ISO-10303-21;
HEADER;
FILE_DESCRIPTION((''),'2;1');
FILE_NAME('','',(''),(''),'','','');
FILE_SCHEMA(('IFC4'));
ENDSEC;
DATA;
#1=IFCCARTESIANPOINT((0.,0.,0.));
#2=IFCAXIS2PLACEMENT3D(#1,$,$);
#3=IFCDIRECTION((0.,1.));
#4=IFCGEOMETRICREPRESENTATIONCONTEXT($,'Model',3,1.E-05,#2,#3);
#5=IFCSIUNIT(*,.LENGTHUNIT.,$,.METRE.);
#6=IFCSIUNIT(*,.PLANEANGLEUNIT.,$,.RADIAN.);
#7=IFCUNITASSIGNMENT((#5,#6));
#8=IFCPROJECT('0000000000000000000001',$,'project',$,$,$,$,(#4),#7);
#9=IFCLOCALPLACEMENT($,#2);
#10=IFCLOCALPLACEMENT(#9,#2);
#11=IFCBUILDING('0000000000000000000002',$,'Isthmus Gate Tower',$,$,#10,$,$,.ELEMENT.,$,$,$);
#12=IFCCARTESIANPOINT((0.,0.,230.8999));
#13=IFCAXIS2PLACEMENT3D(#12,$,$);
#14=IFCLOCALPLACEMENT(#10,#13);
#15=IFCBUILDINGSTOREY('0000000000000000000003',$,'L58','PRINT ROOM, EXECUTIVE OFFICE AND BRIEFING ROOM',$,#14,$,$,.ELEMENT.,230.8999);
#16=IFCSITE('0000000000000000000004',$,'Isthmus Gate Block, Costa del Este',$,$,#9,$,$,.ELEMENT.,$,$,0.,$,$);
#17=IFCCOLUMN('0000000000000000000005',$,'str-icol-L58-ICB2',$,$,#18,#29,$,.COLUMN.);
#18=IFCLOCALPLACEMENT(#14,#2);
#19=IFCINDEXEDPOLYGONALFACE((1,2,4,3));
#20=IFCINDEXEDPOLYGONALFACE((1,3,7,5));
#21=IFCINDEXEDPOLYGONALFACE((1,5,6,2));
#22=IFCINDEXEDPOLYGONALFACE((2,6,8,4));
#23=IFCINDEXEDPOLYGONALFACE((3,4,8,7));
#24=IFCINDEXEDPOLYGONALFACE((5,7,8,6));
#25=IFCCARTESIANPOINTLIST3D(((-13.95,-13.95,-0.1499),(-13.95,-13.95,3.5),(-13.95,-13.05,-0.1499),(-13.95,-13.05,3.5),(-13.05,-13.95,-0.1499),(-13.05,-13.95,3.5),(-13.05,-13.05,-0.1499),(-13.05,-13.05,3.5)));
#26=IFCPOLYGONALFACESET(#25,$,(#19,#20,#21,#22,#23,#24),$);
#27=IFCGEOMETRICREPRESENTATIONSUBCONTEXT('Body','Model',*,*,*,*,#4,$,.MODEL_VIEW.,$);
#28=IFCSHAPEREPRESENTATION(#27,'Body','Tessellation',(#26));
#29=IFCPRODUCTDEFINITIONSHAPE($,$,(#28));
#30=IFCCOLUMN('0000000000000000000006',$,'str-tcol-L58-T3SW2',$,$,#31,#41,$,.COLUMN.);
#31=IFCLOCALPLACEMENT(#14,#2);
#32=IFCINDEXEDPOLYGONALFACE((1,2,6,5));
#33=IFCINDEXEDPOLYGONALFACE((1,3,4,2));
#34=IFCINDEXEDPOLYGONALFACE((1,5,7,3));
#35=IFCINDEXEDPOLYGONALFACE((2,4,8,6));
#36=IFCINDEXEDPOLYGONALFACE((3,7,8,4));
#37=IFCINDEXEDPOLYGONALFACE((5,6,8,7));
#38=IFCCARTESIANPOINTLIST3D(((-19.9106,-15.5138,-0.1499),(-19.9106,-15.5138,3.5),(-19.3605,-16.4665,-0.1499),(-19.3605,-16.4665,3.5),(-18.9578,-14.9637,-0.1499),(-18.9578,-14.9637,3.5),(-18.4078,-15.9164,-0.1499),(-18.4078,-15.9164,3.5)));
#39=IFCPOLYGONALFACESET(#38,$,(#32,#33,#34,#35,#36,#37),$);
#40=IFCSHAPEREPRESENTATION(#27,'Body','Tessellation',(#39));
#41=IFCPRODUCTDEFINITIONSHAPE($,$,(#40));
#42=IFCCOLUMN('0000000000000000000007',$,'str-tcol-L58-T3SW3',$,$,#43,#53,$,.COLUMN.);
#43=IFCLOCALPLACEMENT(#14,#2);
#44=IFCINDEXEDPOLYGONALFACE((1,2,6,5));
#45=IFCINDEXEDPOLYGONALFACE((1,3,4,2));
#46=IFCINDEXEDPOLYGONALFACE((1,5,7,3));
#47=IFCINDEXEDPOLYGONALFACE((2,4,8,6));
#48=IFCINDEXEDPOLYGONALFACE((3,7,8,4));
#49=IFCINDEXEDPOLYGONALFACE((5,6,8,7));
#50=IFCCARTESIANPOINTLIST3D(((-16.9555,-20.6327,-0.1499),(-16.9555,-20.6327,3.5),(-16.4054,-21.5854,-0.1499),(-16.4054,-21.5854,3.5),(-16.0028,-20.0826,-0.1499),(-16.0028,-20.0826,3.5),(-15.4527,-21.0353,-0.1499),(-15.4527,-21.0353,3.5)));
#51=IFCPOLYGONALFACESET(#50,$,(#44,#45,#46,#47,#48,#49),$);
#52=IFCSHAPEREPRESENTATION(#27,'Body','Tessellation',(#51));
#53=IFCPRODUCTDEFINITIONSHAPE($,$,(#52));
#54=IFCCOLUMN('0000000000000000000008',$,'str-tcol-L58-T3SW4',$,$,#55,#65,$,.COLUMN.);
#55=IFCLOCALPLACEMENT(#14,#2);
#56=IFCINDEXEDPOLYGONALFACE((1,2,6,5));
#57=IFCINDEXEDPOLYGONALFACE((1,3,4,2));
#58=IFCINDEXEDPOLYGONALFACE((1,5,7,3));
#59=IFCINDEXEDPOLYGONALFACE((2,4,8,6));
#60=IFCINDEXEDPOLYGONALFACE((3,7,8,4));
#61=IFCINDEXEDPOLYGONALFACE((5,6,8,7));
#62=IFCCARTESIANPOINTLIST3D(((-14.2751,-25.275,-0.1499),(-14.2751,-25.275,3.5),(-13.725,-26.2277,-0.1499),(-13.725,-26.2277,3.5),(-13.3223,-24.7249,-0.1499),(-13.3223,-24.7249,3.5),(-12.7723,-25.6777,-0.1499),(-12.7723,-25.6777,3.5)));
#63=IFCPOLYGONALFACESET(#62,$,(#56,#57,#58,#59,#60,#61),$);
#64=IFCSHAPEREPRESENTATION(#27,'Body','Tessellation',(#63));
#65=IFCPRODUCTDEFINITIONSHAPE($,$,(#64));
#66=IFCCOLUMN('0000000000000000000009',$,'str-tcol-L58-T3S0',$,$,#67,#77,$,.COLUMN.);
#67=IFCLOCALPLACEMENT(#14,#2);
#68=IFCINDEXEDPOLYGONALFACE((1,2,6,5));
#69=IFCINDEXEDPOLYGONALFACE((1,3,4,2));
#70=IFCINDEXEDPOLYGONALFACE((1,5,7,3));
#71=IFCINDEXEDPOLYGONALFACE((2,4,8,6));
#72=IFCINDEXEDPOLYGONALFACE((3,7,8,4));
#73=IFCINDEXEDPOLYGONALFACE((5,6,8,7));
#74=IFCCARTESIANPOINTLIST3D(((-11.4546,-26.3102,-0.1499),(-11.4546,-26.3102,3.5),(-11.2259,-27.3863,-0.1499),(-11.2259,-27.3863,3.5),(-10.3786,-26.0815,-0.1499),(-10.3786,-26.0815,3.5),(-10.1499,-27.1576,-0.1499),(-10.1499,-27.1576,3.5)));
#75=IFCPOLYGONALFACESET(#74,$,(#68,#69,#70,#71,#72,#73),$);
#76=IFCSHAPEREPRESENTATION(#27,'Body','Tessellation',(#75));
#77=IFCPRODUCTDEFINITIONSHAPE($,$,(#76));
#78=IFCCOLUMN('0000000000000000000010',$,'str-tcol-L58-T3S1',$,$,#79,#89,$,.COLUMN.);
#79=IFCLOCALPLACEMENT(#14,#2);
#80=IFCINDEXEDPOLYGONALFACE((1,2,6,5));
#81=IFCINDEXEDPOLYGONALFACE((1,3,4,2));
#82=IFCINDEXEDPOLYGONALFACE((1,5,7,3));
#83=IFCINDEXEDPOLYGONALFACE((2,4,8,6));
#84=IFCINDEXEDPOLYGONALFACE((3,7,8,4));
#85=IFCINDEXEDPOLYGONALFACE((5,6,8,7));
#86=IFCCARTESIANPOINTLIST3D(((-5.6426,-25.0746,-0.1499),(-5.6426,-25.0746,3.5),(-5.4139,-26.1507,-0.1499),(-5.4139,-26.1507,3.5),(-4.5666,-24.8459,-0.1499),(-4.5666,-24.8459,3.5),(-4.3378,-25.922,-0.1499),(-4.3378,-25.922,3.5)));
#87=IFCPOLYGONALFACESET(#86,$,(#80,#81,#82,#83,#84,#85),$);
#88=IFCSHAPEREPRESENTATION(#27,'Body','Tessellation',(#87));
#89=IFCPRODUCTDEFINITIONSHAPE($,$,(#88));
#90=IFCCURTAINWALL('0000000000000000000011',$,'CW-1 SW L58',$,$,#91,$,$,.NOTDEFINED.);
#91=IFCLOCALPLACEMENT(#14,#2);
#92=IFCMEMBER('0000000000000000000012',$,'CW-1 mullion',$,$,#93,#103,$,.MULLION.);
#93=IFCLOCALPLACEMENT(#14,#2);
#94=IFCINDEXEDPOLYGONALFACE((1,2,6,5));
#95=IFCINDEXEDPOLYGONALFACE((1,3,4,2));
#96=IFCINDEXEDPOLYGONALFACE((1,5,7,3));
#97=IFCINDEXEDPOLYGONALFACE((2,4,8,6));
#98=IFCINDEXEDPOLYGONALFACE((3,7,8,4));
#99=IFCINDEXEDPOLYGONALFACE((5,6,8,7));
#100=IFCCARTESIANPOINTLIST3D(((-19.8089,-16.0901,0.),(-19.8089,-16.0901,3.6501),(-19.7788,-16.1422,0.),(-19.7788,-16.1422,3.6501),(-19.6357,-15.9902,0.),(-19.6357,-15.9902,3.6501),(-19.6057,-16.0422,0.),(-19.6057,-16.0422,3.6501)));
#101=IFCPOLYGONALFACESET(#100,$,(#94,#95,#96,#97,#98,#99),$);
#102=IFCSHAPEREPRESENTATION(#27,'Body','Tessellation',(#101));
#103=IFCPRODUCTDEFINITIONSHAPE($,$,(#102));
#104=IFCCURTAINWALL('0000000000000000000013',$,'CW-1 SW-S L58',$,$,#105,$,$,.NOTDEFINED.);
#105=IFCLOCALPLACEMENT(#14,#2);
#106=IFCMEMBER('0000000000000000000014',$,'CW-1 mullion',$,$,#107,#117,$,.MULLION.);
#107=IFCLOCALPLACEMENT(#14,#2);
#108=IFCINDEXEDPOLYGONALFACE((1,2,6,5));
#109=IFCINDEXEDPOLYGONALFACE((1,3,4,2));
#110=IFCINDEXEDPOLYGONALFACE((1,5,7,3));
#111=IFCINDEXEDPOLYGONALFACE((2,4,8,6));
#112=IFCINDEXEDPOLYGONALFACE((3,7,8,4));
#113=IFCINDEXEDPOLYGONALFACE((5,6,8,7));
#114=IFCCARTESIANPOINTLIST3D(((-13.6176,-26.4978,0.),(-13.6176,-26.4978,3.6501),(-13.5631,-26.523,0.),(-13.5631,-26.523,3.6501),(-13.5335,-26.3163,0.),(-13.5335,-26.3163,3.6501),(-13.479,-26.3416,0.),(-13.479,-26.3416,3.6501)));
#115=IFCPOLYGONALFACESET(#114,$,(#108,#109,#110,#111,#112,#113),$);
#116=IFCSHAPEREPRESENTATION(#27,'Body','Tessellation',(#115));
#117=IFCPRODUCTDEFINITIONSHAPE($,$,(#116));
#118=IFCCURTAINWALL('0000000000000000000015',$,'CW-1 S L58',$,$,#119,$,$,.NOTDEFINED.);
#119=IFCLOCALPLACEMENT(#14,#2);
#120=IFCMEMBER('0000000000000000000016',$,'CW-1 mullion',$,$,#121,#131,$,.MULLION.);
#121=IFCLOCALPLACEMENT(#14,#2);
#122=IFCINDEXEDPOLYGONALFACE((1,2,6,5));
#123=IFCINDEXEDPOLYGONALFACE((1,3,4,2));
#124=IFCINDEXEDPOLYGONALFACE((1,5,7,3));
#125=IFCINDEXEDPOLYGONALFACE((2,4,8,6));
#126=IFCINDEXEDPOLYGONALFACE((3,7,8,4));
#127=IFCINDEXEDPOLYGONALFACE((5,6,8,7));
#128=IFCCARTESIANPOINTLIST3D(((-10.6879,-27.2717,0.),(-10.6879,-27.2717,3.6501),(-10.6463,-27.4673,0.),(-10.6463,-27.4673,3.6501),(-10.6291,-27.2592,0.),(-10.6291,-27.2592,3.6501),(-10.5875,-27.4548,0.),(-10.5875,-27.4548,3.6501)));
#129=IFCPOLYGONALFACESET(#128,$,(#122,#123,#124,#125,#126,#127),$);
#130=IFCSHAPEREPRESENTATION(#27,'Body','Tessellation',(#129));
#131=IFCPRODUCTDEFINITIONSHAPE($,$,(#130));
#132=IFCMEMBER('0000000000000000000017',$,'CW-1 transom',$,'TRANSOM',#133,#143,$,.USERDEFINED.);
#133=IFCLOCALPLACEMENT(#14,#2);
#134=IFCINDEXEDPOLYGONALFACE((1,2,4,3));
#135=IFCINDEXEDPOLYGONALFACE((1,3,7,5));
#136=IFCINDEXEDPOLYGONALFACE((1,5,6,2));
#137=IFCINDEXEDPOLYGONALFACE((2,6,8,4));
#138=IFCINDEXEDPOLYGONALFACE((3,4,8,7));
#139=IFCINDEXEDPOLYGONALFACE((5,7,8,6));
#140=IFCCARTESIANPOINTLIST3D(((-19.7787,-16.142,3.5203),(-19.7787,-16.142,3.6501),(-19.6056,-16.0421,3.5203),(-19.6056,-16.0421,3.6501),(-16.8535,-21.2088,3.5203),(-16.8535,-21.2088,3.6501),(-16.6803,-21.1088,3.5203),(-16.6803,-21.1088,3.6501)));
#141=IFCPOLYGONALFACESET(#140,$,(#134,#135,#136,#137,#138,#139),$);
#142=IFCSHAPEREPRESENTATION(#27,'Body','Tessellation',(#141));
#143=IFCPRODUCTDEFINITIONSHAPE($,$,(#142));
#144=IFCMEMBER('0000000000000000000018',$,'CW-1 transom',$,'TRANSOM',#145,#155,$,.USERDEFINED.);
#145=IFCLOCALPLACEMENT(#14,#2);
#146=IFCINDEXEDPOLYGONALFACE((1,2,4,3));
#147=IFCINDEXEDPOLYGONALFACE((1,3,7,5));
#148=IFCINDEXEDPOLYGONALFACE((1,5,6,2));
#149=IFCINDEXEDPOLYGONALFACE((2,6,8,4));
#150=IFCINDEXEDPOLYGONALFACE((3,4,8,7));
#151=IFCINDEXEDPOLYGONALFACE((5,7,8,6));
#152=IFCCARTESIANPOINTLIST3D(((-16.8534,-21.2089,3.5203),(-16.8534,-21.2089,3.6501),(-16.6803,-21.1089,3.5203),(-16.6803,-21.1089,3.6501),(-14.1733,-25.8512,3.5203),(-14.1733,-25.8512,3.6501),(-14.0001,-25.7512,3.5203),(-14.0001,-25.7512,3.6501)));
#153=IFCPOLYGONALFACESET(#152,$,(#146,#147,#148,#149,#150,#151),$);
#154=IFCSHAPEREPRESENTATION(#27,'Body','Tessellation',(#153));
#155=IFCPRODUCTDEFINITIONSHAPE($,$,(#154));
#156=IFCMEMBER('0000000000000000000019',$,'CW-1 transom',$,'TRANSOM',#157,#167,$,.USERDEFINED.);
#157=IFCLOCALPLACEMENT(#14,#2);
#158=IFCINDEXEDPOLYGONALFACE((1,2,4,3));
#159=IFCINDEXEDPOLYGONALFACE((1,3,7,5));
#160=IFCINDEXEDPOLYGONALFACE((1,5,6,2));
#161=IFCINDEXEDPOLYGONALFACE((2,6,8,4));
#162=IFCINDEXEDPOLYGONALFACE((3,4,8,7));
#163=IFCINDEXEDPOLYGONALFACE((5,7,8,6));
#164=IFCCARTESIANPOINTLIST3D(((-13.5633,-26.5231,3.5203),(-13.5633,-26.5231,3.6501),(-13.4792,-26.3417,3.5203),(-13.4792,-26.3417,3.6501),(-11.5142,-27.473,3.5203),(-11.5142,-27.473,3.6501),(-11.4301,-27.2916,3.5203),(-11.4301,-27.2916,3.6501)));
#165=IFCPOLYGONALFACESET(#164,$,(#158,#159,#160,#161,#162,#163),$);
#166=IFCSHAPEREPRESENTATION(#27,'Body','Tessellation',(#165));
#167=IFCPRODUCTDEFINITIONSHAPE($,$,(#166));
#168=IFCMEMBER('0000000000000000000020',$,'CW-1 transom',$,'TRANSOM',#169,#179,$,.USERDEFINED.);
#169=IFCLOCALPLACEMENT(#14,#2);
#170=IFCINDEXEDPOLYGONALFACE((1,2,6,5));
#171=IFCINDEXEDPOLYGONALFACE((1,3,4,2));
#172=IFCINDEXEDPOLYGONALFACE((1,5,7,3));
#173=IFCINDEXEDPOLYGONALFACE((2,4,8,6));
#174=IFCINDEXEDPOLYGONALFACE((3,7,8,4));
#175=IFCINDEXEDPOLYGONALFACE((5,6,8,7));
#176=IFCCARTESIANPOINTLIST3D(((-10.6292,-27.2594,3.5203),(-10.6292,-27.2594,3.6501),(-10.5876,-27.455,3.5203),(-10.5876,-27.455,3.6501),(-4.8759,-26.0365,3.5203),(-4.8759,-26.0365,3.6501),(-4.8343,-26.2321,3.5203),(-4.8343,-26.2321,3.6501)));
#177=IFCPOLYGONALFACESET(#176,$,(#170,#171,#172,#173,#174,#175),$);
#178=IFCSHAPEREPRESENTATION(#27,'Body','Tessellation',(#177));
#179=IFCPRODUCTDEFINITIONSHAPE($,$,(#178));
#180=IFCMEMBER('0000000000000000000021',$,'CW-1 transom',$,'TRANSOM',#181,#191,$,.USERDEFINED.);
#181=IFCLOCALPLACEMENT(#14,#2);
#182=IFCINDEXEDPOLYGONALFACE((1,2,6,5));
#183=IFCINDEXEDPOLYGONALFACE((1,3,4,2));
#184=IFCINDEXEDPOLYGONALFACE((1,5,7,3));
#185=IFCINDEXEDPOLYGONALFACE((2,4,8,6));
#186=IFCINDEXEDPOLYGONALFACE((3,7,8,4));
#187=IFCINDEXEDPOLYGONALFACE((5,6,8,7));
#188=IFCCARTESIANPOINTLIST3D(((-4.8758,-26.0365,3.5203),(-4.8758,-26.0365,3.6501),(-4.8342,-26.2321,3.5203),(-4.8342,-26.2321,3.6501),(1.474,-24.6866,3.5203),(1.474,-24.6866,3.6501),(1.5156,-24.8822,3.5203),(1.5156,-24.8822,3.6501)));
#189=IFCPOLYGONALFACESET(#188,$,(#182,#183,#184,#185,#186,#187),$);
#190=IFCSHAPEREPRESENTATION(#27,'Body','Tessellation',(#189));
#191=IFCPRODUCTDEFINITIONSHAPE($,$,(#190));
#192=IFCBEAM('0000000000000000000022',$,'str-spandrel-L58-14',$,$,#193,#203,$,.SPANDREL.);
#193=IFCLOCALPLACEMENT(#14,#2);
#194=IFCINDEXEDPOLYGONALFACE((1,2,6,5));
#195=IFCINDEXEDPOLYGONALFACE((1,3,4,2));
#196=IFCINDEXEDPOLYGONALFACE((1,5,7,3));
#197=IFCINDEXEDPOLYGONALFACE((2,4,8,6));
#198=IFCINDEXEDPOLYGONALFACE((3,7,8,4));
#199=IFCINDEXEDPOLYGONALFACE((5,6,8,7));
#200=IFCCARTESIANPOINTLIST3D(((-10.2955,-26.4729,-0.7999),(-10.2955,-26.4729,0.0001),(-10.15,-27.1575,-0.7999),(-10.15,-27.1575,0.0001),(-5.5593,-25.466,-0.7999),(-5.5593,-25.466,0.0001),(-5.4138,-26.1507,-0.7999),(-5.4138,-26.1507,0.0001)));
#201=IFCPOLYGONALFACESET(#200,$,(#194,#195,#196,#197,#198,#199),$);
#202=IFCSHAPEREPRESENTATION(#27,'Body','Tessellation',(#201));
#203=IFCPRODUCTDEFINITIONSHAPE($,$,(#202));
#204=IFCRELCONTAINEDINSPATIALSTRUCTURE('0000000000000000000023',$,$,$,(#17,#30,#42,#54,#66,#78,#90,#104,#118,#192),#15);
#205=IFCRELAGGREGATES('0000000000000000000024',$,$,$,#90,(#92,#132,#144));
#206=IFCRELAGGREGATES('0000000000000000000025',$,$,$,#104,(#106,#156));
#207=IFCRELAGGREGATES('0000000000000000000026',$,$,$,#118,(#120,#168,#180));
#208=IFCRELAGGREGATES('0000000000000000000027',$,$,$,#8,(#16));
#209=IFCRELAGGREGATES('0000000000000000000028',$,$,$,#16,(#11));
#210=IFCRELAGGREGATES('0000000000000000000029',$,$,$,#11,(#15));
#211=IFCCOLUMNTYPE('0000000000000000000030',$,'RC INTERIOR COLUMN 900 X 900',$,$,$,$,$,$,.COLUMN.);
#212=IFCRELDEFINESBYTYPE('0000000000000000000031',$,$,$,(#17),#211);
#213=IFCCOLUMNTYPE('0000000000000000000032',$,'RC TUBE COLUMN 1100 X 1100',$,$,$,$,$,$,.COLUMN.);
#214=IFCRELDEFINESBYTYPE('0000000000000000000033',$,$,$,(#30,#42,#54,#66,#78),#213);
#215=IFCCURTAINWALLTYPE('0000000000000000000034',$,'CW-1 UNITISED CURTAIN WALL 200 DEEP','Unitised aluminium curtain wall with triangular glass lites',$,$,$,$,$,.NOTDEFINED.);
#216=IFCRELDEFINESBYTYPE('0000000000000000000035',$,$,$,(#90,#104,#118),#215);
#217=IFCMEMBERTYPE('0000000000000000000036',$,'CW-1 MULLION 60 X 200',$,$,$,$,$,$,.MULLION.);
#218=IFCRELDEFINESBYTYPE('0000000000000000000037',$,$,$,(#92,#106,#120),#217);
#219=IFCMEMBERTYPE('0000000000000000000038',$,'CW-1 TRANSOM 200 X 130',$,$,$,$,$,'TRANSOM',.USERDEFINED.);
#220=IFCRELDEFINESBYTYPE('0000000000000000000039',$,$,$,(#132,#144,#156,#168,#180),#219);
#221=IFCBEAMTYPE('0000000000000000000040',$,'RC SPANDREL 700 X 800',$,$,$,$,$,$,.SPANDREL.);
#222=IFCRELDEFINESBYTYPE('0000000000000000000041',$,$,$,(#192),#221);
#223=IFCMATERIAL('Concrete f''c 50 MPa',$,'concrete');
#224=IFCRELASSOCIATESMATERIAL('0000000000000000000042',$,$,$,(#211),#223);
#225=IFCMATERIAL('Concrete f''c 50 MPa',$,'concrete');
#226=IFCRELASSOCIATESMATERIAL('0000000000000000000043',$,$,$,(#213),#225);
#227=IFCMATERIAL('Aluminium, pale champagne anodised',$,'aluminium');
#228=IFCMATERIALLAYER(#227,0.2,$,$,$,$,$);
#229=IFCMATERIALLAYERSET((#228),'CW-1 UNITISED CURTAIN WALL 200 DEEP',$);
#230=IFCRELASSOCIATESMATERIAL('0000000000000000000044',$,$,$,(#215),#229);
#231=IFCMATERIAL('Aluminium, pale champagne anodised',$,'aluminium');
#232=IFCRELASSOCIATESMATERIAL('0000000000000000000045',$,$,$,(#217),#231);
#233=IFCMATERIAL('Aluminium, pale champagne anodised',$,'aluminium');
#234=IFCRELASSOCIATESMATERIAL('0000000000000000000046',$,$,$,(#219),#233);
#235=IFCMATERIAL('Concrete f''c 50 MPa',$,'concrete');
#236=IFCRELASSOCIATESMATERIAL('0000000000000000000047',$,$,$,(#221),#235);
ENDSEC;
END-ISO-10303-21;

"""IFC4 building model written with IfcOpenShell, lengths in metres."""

from ifc_helpers import new_model, si_unit, direction, frame, origin, origin_2d, place, context, subcontext, project, spatial, rectangle, extrude, material, layer, layer_set, material_profile, profile_set, type_object, element, aggregate, save


model = new_model("IFC4")

# Units and contexts
model_context = context("Model", 3, precision=1e-05, world=origin(), true_north=direction((0.0, 1.0)))
body_context = subcontext(model_context, "Body", "Model", "MODEL_VIEW")
ifc_project = project(units=[si_unit("LENGTHUNIT", "METRE"), si_unit("PLANEANGLEUNIT", "RADIAN")], contexts=[model_context])

# Site, building, storey
site_placement = place(None, origin())
site = spatial("IfcSite", under=ifc_project, at=site_placement, Name="Isthmus Gate Block, Costa del Este", CompositionType="ELEMENT", RefElevation=0.0)
building_placement = place(site_placement, origin())
building = spatial("IfcBuilding", under=site, at=building_placement, Name="Isthmus Gate Tower", CompositionType="ELEMENT")
storey_placement = place(building_placement, frame((0.0, 0.0, 230.8999)))
storey = spatial("IfcBuildingStorey", under=building, at=storey_placement, Name="L58", Description="PRINT ROOM, EXECUTIVE OFFICE AND BRIEFING ROOM", CompositionType="ELEMENT", Elevation=230.8999)

# Columns
ifc_material_1 = material(Name="Concrete f'c 50 MPa", Category="concrete")
ifc_material_profile_1 = material_profile(ifc_material_1, rectangle(XDim=0.8999, YDim=0.8999, at=origin_2d()), Name="RC 900X900")
ifc_profile_set_1 = profile_set([ifc_material_profile_1], Name="Concrete f'c 50 MPa")
column_type_1 = type_object("IfcColumnType", Name="RC INTERIOR COLUMN 900 X 900", PredefinedType="COLUMN", material=ifc_profile_set_1)
column_placement = place(storey_placement, frame((-13.5, -13.5, -0.1499), z_axis=(0.0, 0.0, 1.0), x_axis=(1.0, 0.0, 0.0)))
element("IfcColumn", 1, at=column_placement, inside=storey, type_object=column_type_1, Name="str-icol-L58-ICB2", PredefinedType="COLUMN", context=body_context, shape_type="SweptSolid", body=[
    extrude(rectangle(XDim=0.8999, YDim=0.8999, at=origin_2d()), origin(), (0.0, 0.0, 1.0), 3.6499),
])
ifc_material_2 = material(Name="Concrete f'c 50 MPa", Category="concrete")
ifc_material_profile_2 = material_profile(ifc_material_2, rectangle(XDim=1.1001, YDim=1.1001, at=origin_2d()), Name="RC 1100X1100")
ifc_profile_set_2 = profile_set([ifc_material_profile_2], Name="Concrete f'c 50 MPa")
column_type_2 = type_object("IfcColumnType", Name="RC TUBE COLUMN 1100 X 1100", PredefinedType="COLUMN", material=ifc_profile_set_2)
for number, where, z_axis, x_axis, name in (
    (2, (-19.1592, -15.7151, -0.1499), (0.0, 0.0, 1.0), (0.5, -0.866025, 0.0), "str-tcol-L58-T3SW2"),
    (3, (-16.2041, -20.834, -0.1499), (0.0, 0.0, 1.0), (0.5, -0.866025, 0.0), "str-tcol-L58-T3SW3"),
    (4, (-13.5237, -25.4763, -0.1499), (0.0, 0.0, 1.0), (0.5, -0.866025, 0.0), "str-tcol-L58-T3SW4"),
    (5, (-10.8022, -26.7339, -0.1499), (0.0, 0.0, 1.0), (0.978148, 0.207912, 0.0), "str-tcol-L58-T3S0"),
    (6, (-4.9902, -25.4983, -0.1499), (0.0, 0.0, 1.0), (0.978148, 0.207912, 0.0), "str-tcol-L58-T3S1"),
):
    element("IfcColumn", number, at=place(storey_placement, frame(where, z_axis=z_axis, x_axis=x_axis)), inside=storey, type_object=column_type_2, Name=name, PredefinedType="COLUMN", context=body_context, shape_type="SweptSolid", body=[
        extrude(rectangle(XDim=1.1001, YDim=1.1001, at=origin_2d()), origin(), (0.0, 0.0, 1.0), 3.6499),
    ])

# Curtain walls, members
ifc_material_3 = material(Name="Aluminium, pale champagne anodised", Category="aluminium")
ifc_layer_1 = layer(ifc_material_3, 0.2)
ifc_layer_set_1 = layer_set([ifc_layer_1], Name="CW-1 UNITISED CURTAIN WALL 200 DEEP")
curtain_wall_type = type_object("IfcCurtainWallType", Name="CW-1 UNITISED CURTAIN WALL 200 DEEP", Description="Unitised aluminium curtain wall with triangular glass lites", PredefinedType="NOTDEFINED", material=ifc_layer_set_1)
curtain_wall_1_placement = place(storey_placement, origin())
curtain_wall_1 = element("IfcCurtainWall", 7, at=curtain_wall_1_placement, inside=storey, type_object=curtain_wall_type, Name="CW-1 SW L58", PredefinedType="NOTDEFINED")
ifc_material_4 = material(Name="Aluminium, pale champagne anodised", Category="aluminium")
ifc_material_profile_3 = material_profile(ifc_material_4, rectangle(XDim=0.0601, YDim=0.2, at=origin_2d()), Name="60x200")
ifc_profile_set_3 = profile_set([ifc_material_profile_3], Name="Aluminium, pale champagne anodised")
member_type_1 = type_object("IfcMemberType", Name="CW-1 MULLION 60 X 200", PredefinedType="MULLION", material=ifc_profile_set_3)
member_1_placement = place(storey_placement, frame((-19.7073, -16.0662, 0.0), z_axis=(0.0, 0.0, 1.0), x_axis=(0.5, -0.866025, 0.0)))
member_1 = element("IfcMember", 8, at=member_1_placement, type_object=member_type_1, Name="CW-1 mullion", PredefinedType="MULLION", context=body_context, shape_type="SweptSolid", body=[
    extrude(rectangle(XDim=0.0601, YDim=0.2, at=origin_2d()), origin(), (0.0, 0.0, 1.0), 3.6501),
])
curtain_wall_2_placement = place(storey_placement, origin())
curtain_wall_2 = element("IfcCurtainWall", 9, at=curtain_wall_2_placement, inside=storey, type_object=curtain_wall_type, Name="CW-1 SW-S L58", PredefinedType="NOTDEFINED")
member_2_placement = place(storey_placement, frame((-13.5483, -26.4197, 0.0), z_axis=(0.0, 0.0, 1.0), x_axis=(0.907256, -0.420578, 0.0)))
member_2 = element("IfcMember", 10, at=member_2_placement, type_object=member_type_1, Name="CW-1 mullion", PredefinedType="MULLION", context=body_context, shape_type="SweptSolid", body=[
    extrude(rectangle(XDim=0.0601, YDim=0.2, at=origin_2d()), origin(), (0.0, 0.0, 1.0), 3.6501),
])
curtain_wall_3_placement = place(storey_placement, origin())
curtain_wall_3 = element("IfcCurtainWall", 11, at=curtain_wall_3_placement, inside=storey, type_object=curtain_wall_type, Name="CW-1 S L58", PredefinedType="NOTDEFINED")
member_3_placement = place(storey_placement, frame((-10.6377, -27.3633, 0.0), z_axis=(0.0, 0.0, 1.0), x_axis=(0.978148, 0.207912, 0.0)))
member_3 = element("IfcMember", 12, at=member_3_placement, type_object=member_type_1, Name="CW-1 mullion", PredefinedType="MULLION", context=body_context, shape_type="SweptSolid", body=[
    extrude(rectangle(XDim=0.0601, YDim=0.2, at=origin_2d()), origin(), (0.0, 0.0, 1.0), 3.6501),
])

# Members
ifc_material_5 = material(Name="Aluminium, pale champagne anodised", Category="aluminium")
ifc_material_profile_4 = material_profile(ifc_material_5, rectangle(XDim=0.2, YDim=0.1299, at=origin_2d()), Name="200x130")
ifc_profile_set_4 = profile_set([ifc_material_profile_4], Name="Aluminium, pale champagne anodised")
member_type_2 = type_object("IfcMemberType", Name="CW-1 TRANSOM 200 X 130", ElementType="TRANSOM", PredefinedType="USERDEFINED", material=ifc_profile_set_4)
member_4_placement = place(storey_placement, frame((-19.6921, -16.092, 3.5852), z_axis=(0.49999, -0.866031, 0.0), x_axis=(0.866031, 0.49999, 0.0)))
member_4 = element("IfcMember", 13, at=member_4_placement, type_object=member_type_2, Name="CW-1 transom", ObjectType="TRANSOM", PredefinedType="USERDEFINED", context=body_context, shape_type="SweptSolid", body=[
    extrude(rectangle(XDim=0.2, YDim=0.1299, at=origin_2d()), origin(), (0.0, 0.0, 1.0), 5.8506),
])
member_5_placement = place(storey_placement, frame((-16.7668, -21.1589, 3.5852), z_axis=(0.499989, -0.866032, 0.0), x_axis=(0.866032, 0.499989, 0.0)))
member_5 = element("IfcMember", 14, at=member_5_placement, type_object=member_type_2, Name="CW-1 transom", ObjectType="TRANSOM", PredefinedType="USERDEFINED", context=body_context, shape_type="SweptSolid", body=[
    extrude(rectangle(XDim=0.2, YDim=0.1299, at=origin_2d()), origin(), (0.0, 0.0, 1.0), 5.3604),
])
member_6_placement = place(storey_placement, frame((-13.5212, -26.4324, 3.5852), z_axis=(0.907246, -0.4206, 0.0), x_axis=(0.4206, 0.907246, 0.0)))
member_6 = element("IfcMember", 15, at=member_6_placement, type_object=member_type_2, Name="CW-1 transom", ObjectType="TRANSOM", PredefinedType="USERDEFINED", context=body_context, shape_type="SweptSolid", body=[
    extrude(rectangle(XDim=0.2, YDim=0.1299, at=origin_2d()), origin(), (0.0, 0.0, 1.0), 2.2585),
])
member_7_placement = place(storey_placement, frame((-10.6084, -27.3572, 3.5852), z_axis=(0.978149, 0.207907, 0.0), x_axis=(-0.207907, 0.978149, 0.0)))
member_7 = element("IfcMember", 16, at=member_7_placement, type_object=member_type_2, Name="CW-1 transom", ObjectType="TRANSOM", PredefinedType="USERDEFINED", context=body_context, shape_type="SweptSolid", body=[
    extrude(rectangle(XDim=0.2, YDim=0.1299, at=origin_2d()), origin(), (0.0, 0.0, 1.0), 5.8818),
])
member_8_placement = place(storey_placement, frame((-4.855, -26.1343, 3.5852), z_axis=(0.978143, 0.207934, 0.0), x_axis=(-0.207934, 0.978143, 0.0)))
member_8 = element("IfcMember", 17, at=member_8_placement, type_object=member_type_2, Name="CW-1 transom", ObjectType="TRANSOM", PredefinedType="USERDEFINED", context=body_context, shape_type="SweptSolid", body=[
    extrude(rectangle(XDim=0.2, YDim=0.1299, at=origin_2d()), origin(), (0.0, 0.0, 1.0), 6.4917),
])

# Beam
ifc_material_6 = material(Name="Concrete f'c 50 MPa", Category="concrete")
ifc_material_profile_5 = material_profile(ifc_material_6, rectangle(XDim=0.7, YDim=0.8, at=origin_2d()), Name="RC 700X800")
ifc_profile_set_5 = profile_set([ifc_material_profile_5], Name="Concrete f'c 50 MPa")
beam_type_1 = type_object("IfcBeamType", Name="RC SPANDREL 700 X 800", PredefinedType="SPANDREL", material=ifc_profile_set_5)
beam_1_placement = place(storey_placement, frame((-5.4866, -25.8083, -0.3999), z_axis=(-0.978141, -0.207941, 0.0), x_axis=(0.207941, -0.978141, 0.0)))
element("IfcBeam", 18, at=beam_1_placement, inside=storey, type_object=beam_type_1, Name="str-spandrel-L58-14", PredefinedType="SPANDREL", context=body_context, shape_type="SweptSolid", body=[
    extrude(rectangle(XDim=0.7, YDim=0.8, at=origin_2d()), origin(), (0.0, 0.0, 1.0), 4.842),
])

aggregate(curtain_wall_1, [member_1, member_4, member_5])
aggregate(curtain_wall_2, [member_2, member_6])
aggregate(curtain_wall_3, [member_3, member_7, member_8])

save(model, "model.ifc")
